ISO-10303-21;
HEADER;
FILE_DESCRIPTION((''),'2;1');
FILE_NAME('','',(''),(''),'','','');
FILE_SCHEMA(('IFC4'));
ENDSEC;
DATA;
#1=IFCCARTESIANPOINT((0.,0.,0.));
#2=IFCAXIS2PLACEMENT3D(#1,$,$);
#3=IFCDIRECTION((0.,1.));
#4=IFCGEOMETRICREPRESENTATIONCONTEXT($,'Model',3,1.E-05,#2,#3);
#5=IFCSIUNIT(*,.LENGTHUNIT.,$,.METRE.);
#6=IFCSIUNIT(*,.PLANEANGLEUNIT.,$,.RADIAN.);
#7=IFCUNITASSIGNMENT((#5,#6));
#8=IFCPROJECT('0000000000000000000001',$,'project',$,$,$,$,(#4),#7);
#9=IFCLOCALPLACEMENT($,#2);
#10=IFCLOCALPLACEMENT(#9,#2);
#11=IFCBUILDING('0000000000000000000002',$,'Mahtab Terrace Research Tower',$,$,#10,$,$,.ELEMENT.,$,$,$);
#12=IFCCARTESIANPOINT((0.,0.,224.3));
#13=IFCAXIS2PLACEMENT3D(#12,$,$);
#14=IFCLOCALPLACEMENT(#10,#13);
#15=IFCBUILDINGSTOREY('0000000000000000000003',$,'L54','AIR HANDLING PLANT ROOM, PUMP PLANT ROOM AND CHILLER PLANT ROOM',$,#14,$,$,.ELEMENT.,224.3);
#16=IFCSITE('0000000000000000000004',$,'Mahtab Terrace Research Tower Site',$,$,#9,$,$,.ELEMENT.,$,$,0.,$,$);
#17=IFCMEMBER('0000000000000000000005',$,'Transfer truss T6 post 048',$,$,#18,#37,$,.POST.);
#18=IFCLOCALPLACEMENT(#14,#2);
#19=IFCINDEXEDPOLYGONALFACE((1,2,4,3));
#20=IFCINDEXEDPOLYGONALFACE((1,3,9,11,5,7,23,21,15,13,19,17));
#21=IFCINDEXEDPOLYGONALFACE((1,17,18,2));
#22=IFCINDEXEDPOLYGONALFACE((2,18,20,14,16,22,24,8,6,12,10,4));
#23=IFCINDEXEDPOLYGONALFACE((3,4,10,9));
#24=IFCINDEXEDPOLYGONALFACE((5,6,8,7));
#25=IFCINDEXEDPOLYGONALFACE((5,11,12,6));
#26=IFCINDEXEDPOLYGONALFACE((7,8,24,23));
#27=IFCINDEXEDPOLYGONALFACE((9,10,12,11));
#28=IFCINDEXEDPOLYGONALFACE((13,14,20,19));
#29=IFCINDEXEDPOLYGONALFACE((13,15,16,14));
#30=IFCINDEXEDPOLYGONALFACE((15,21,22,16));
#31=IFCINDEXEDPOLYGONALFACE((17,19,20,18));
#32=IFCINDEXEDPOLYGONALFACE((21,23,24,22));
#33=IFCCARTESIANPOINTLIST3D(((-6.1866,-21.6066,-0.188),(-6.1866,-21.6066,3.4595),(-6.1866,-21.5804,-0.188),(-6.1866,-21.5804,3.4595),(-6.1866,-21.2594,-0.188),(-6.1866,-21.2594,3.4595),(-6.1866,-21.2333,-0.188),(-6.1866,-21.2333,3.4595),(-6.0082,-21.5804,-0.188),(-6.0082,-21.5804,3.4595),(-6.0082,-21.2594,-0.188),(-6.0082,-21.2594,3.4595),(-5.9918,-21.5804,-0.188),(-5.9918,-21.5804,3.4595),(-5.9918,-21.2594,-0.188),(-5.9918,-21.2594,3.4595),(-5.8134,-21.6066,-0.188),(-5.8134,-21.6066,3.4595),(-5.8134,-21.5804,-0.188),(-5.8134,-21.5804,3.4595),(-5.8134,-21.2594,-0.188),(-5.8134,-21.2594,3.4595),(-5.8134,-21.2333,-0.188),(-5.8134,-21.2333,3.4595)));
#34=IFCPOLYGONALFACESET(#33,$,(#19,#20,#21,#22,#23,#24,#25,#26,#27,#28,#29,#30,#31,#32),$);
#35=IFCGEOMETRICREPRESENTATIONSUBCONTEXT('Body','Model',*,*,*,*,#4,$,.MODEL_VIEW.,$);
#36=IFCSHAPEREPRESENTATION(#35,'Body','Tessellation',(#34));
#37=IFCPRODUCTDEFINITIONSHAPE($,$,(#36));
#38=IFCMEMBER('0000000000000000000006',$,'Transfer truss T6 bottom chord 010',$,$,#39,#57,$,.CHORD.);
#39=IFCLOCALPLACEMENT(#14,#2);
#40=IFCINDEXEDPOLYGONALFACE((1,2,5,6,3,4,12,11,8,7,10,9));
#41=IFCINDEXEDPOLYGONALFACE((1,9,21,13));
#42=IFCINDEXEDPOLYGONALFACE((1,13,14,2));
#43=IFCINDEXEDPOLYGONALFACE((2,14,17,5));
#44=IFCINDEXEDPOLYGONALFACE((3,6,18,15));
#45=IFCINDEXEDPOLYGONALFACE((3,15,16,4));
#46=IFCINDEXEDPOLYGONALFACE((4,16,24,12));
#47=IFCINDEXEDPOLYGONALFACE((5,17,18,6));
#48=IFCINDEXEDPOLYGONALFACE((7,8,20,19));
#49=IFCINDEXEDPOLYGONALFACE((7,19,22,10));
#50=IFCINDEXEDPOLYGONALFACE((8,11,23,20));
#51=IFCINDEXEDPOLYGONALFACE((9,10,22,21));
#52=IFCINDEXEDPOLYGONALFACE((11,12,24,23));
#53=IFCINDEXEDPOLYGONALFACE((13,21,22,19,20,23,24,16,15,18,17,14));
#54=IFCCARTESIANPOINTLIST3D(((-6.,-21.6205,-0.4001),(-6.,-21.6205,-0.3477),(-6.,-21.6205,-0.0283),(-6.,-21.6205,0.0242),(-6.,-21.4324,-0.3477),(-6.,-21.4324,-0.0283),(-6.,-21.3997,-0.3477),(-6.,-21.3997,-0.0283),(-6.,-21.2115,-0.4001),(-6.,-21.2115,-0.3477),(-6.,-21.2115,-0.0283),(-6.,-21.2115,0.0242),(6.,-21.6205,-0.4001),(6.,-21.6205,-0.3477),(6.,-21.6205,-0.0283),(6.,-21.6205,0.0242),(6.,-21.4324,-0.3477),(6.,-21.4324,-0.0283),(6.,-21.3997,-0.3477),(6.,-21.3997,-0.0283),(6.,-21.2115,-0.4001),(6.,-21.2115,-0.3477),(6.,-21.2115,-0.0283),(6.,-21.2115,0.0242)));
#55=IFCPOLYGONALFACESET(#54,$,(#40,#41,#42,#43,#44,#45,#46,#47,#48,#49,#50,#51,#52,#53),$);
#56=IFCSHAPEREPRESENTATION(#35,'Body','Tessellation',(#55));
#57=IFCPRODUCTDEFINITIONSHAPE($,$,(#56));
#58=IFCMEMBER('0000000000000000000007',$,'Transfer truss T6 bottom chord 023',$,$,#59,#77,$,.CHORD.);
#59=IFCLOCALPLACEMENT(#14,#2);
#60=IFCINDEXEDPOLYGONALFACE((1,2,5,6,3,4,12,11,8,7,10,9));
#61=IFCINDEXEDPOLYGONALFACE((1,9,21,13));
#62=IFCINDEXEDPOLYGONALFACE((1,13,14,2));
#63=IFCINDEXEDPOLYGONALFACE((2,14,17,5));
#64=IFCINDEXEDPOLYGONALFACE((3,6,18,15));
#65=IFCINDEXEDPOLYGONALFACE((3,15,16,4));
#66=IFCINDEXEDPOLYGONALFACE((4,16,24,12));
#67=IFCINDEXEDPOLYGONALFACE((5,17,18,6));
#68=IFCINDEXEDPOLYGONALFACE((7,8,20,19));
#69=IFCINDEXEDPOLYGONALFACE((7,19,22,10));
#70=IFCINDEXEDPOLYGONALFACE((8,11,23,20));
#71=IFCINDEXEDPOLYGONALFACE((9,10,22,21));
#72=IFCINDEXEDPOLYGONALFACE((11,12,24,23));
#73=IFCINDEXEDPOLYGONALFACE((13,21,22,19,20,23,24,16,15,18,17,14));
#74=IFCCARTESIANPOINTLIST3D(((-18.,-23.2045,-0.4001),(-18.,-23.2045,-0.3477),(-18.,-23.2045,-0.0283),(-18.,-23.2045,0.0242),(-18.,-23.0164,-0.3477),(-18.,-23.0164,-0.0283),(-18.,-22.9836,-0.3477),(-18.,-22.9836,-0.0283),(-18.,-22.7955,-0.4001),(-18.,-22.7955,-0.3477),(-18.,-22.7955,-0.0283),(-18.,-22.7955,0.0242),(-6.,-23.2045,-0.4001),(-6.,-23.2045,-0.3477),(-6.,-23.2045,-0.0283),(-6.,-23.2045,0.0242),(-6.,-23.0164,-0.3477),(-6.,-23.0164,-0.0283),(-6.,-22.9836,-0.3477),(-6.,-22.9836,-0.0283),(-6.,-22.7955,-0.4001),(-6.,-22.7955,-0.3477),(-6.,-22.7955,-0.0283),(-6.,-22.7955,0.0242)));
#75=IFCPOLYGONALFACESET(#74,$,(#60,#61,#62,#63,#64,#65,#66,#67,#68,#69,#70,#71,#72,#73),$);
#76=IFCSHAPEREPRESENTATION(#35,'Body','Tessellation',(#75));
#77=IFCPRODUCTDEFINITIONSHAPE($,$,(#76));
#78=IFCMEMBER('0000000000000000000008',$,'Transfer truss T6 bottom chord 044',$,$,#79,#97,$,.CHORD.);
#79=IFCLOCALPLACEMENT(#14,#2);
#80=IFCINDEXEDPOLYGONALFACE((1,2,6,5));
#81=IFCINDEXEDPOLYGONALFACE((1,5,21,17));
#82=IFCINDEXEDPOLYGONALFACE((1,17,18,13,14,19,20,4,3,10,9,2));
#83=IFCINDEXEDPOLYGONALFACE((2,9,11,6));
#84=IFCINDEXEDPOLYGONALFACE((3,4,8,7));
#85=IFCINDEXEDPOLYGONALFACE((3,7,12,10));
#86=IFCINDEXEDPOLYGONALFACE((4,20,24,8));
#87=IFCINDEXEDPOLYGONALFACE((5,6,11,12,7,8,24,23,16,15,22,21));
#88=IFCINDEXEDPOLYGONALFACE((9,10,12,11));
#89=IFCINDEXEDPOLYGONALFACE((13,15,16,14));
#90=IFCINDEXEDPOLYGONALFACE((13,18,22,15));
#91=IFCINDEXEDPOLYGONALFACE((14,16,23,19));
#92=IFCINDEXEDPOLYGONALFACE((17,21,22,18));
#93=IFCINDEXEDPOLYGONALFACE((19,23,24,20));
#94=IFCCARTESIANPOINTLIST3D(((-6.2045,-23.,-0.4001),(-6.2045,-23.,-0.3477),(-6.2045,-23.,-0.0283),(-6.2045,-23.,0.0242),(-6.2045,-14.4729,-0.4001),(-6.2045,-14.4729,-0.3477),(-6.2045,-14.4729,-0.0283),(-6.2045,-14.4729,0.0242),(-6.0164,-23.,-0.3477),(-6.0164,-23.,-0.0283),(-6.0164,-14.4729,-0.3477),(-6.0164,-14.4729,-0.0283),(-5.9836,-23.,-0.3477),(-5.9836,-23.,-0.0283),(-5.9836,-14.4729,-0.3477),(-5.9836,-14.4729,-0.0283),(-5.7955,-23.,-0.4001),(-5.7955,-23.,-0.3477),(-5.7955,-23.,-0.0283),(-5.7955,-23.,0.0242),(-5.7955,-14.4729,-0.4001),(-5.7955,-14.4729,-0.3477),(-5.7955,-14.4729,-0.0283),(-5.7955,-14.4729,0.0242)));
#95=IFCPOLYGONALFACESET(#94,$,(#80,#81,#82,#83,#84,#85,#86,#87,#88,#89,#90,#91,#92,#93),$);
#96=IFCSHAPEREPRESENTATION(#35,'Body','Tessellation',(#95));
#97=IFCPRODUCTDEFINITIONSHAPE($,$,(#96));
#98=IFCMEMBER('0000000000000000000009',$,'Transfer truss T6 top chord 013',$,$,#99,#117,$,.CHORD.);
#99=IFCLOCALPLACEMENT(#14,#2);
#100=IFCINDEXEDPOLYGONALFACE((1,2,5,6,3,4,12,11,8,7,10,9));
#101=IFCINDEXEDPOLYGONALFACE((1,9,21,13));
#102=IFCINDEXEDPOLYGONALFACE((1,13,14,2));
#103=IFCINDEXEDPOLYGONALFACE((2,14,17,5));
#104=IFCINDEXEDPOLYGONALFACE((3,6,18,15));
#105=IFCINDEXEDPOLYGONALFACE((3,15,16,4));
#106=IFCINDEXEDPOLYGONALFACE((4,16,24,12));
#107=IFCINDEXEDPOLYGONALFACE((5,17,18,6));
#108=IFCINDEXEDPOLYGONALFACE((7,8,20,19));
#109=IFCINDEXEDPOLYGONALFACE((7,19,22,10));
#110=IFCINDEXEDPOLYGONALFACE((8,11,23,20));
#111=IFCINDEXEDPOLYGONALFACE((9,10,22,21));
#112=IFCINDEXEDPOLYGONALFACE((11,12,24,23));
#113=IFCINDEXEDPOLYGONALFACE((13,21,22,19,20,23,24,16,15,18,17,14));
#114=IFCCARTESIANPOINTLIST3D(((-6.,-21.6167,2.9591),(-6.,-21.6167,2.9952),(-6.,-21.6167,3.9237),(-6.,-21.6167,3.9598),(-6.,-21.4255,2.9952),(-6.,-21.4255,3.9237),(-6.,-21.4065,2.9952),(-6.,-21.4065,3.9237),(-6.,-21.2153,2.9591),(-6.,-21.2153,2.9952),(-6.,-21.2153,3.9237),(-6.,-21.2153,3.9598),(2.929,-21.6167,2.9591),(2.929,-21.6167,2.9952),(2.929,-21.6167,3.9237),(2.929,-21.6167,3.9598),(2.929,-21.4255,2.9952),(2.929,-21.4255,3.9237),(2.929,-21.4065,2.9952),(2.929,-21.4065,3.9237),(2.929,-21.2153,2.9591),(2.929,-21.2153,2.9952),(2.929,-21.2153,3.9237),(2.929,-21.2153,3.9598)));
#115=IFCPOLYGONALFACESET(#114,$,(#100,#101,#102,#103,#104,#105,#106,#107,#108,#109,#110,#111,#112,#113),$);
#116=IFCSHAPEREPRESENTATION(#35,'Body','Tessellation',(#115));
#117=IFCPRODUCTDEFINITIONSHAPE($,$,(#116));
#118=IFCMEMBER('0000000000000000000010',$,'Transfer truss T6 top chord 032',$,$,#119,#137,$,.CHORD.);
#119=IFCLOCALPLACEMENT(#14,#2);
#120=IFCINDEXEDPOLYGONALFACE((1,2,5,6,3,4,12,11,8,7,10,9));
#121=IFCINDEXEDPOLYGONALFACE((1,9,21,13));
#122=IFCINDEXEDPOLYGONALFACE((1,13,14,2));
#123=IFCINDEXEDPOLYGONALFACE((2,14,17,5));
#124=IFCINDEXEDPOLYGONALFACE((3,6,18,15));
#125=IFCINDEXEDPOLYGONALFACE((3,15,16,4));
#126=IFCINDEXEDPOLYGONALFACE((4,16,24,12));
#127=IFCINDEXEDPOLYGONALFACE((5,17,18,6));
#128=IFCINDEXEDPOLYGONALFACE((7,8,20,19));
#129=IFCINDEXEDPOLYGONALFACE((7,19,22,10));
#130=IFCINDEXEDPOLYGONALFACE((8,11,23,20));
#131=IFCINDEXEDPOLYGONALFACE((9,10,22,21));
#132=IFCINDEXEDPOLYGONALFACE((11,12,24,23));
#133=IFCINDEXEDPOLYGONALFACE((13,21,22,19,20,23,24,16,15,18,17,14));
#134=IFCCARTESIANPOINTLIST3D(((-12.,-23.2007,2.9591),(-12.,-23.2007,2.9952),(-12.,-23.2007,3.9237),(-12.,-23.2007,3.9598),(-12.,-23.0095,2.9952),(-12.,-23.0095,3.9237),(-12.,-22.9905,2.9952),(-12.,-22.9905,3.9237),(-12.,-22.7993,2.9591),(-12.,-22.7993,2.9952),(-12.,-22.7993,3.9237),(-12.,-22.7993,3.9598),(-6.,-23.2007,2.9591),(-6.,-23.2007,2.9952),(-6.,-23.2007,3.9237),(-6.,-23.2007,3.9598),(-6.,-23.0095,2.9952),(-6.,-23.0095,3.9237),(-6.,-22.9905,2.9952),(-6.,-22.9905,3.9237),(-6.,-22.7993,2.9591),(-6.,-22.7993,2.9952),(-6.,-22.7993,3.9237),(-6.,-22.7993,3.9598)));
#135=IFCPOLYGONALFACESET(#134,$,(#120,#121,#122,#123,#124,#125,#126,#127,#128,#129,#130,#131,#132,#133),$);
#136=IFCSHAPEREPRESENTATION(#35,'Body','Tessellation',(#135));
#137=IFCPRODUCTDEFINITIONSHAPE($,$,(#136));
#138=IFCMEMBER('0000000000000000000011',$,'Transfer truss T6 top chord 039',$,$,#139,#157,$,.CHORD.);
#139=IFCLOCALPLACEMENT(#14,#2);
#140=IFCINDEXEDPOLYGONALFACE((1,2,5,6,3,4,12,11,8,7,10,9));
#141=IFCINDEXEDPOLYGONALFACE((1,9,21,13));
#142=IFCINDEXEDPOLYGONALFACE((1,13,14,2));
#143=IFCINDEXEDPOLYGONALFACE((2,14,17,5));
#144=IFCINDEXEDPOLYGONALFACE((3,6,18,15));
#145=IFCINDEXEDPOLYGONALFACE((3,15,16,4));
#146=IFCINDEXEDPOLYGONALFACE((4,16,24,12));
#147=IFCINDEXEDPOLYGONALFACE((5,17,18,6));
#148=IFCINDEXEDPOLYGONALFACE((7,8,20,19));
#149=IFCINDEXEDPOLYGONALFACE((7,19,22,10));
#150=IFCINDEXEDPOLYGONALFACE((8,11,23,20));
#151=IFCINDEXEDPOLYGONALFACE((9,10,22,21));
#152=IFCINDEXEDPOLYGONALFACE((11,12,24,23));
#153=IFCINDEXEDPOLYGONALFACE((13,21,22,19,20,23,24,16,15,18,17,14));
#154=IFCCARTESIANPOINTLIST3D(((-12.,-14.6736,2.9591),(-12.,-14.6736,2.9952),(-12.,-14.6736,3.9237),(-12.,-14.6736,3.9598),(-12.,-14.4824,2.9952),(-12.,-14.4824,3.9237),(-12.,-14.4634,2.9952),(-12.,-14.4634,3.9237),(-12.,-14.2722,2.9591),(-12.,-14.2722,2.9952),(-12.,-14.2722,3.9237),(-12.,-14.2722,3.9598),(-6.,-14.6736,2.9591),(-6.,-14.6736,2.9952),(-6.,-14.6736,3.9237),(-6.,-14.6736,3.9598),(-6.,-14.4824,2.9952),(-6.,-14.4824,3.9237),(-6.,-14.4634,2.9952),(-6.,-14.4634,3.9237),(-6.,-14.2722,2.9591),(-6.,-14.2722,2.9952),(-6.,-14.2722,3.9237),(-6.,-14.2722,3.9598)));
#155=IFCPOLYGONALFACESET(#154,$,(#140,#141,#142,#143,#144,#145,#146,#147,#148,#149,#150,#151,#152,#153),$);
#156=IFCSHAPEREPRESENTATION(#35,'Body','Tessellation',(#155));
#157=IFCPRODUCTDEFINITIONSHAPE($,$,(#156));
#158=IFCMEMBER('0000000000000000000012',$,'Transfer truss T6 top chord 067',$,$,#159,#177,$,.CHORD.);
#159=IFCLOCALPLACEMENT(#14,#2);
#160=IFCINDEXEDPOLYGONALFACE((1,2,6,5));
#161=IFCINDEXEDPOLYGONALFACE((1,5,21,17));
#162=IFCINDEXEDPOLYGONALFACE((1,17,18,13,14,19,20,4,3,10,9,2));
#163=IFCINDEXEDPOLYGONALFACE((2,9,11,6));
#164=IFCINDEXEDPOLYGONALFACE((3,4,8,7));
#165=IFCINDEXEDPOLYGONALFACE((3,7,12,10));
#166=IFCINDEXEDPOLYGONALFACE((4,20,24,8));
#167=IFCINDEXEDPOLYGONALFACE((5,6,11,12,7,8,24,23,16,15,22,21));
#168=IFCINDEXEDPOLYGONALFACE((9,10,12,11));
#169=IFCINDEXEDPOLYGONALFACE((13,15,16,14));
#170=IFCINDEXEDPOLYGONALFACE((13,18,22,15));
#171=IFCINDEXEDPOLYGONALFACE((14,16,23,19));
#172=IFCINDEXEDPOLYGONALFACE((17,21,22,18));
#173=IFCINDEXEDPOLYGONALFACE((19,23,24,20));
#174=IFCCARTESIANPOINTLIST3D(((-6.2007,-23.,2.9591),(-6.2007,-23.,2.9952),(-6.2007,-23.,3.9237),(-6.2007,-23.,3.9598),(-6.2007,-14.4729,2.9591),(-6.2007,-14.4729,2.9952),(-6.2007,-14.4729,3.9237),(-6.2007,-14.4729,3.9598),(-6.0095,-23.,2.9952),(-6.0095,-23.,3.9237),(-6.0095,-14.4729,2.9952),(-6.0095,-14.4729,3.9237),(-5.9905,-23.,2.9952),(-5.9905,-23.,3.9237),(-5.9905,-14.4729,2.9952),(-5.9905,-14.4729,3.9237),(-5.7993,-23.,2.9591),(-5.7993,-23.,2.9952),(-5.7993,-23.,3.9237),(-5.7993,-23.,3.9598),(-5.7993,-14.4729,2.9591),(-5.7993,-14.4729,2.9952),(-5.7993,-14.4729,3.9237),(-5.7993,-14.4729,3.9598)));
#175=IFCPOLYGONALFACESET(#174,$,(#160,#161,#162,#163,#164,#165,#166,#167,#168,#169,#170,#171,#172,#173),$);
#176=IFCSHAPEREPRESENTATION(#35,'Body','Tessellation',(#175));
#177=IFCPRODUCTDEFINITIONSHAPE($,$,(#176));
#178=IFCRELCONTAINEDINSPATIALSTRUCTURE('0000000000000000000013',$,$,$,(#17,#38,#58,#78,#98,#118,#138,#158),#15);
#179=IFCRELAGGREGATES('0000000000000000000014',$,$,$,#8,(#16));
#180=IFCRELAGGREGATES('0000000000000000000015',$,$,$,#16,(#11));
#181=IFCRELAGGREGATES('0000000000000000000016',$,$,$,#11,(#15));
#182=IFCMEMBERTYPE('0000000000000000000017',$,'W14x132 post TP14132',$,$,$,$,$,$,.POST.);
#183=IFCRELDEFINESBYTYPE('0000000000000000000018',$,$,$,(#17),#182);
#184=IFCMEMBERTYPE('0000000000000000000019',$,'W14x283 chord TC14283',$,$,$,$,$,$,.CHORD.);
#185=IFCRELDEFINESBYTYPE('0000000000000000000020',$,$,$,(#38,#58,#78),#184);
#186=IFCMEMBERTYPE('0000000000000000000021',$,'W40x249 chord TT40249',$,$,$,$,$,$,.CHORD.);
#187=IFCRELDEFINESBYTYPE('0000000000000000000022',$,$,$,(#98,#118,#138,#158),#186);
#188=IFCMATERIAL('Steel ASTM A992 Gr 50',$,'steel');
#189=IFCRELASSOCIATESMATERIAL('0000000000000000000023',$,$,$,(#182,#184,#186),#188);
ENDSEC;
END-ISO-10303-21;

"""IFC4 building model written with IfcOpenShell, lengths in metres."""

from ifc_helpers import new_model, si_unit, direction, frame, origin, origin_2d, place, context, subcontext, project, spatial, i_section, extrude, material, material_profile, profile_set, type_object, element, save


model = new_model("IFC4")

# Units and contexts
model_context = context("Model", 3, precision=1e-05, world=origin(), true_north=direction((0.0, 1.0)))
body_context = subcontext(model_context, "Body", "Model", "MODEL_VIEW")
ifc_project = project(units=[si_unit("LENGTHUNIT", "METRE"), si_unit("PLANEANGLEUNIT", "RADIAN")], contexts=[model_context])

# Site, building, storey
site_placement = place(None, origin())
site = spatial("IfcSite", under=ifc_project, at=site_placement, Name="Mahtab Terrace Research Tower Site", CompositionType="ELEMENT", RefElevation=0.0)
building_placement = place(site_placement, origin())
building = spatial("IfcBuilding", under=site, at=building_placement, Name="Mahtab Terrace Research Tower", CompositionType="ELEMENT")
storey_placement = place(building_placement, frame((0.0, 0.0, 224.3)))
storey = spatial("IfcBuildingStorey", under=building, at=storey_placement, Name="L54", Description="AIR HANDLING PLANT ROOM, PUMP PLANT ROOM AND CHILLER PLANT ROOM", CompositionType="ELEMENT", Elevation=224.3)

# Members
ifc_material_1 = material(Name="Steel ASTM A992 Gr 50", Category="steel")
ifc_material_profile_1 = material_profile(ifc_material_1, i_section(OverallWidth=0.3733, OverallDepth=0.3733, WebThickness=0.0164, FlangeThickness=0.0261, at=origin_2d()), Name="W14X132")
ifc_profile_set_1 = profile_set([ifc_material_profile_1], Name="Steel ASTM A992 Gr 50")
member_type_1 = type_object("IfcMemberType", Name="W14x132 post TP14132", PredefinedType="POST", material=ifc_profile_set_1)
for number, where, z_axis, x_axis, name in (
    (1, (-6.0, -21.4199, -0.188), (0.0, 0.0, 1.0), (1.0, 0.0, 0.0), "Transfer truss T6 post 048"),
):
    element("IfcMember", number, at=place(storey_placement, frame(where, z_axis=z_axis, x_axis=x_axis)), inside=storey, type_object=member_type_1, Name=name, PredefinedType="POST", context=body_context, shape_type="SweptSolid", body=[
        extrude(i_section(OverallWidth=0.3733, OverallDepth=0.3733, WebThickness=0.0164, FlangeThickness=0.0261, at=origin_2d()), origin(), (0.0, 0.0, 1.0), 3.6475),
    ])
ifc_material_profile_2 = material_profile(ifc_material_1, i_section(OverallWidth=0.4089, OverallDepth=0.4243, WebThickness=0.0327, FlangeThickness=0.0525, at=origin_2d()), Name="W14X283")
ifc_profile_set_2 = profile_set([ifc_material_profile_2], Name="Steel ASTM A992 Gr 50")
member_type_2 = type_object("IfcMemberType", Name="W14x283 chord TC14283", PredefinedType="CHORD", material=ifc_profile_set_2)
for number, where, z_axis, x_axis, name in (
    (2, (-6.0, -21.416, -0.188), (1.0, 0.0, 0.0), (0.0, 1.0, 0.0), "Transfer truss T6 bottom chord 010"),
    (3, (-6.0, -23.0, -0.188), (-1.0, 0.0, 0.0), (0.0, -1.0, 0.0), "Transfer truss T6 bottom chord 023"),
):
    element("IfcMember", number, at=place(storey_placement, frame(where, z_axis=z_axis, x_axis=x_axis)), inside=storey, type_object=member_type_2, Name=name, PredefinedType="CHORD", context=body_context, shape_type="SweptSolid", body=[
        extrude(i_section(OverallWidth=0.4089, OverallDepth=0.4243, WebThickness=0.0327, FlangeThickness=0.0525, at=origin_2d()), origin(), (0.0, 0.0, 1.0), 12.0),
    ])
member_1_placement = place(storey_placement, frame((-6.0, -23.0, -0.188), z_axis=(0.0, 1.0, 0.0), x_axis=(-1.0, 0.0, 0.0)))
element("IfcMember", 4, at=member_1_placement, inside=storey, type_object=member_type_2, Name="Transfer truss T6 bottom chord 044", PredefinedType="CHORD", context=body_context, shape_type="SweptSolid", body=[
    extrude(i_section(OverallWidth=0.4089, OverallDepth=0.4243, WebThickness=0.0327, FlangeThickness=0.0525, at=origin_2d()), origin(), (0.0, 0.0, 1.0), 8.5271),
])
ifc_material_profile_3 = material_profile(ifc_material_1, i_section(OverallWidth=0.4014, OverallDepth=1.0007, WebThickness=0.019, FlangeThickness=0.0361, at=origin_2d()), Name="W40X249")
ifc_profile_set_3 = profile_set([ifc_material_profile_3], Name="Steel ASTM A992 Gr 50")
member_type_3 = type_object("IfcMemberType", Name="W40x249 chord TT40249", PredefinedType="CHORD", material=ifc_profile_set_3)
member_2_placement = place(storey_placement, frame((-6.0, -21.416, 3.4595), z_axis=(1.0, 0.0, 0.0), x_axis=(0.0, 1.0, 0.0)))
element("IfcMember", 5, at=member_2_placement, inside=storey, type_object=member_type_3, Name="Transfer truss T6 top chord 013", PredefinedType="CHORD", context=body_context, shape_type="SweptSolid", body=[
    extrude(i_section(OverallWidth=0.4014, OverallDepth=1.0007, WebThickness=0.019, FlangeThickness=0.0361, at=origin_2d()), origin(), (0.0, 0.0, 1.0), 8.929),
])
for number, where, z_axis, x_axis, name in (
    (6, (-6.0, -23.0, 3.4595), (-1.0, 0.0, 0.0), (0.0, -1.0, 0.0), "Transfer truss T6 top chord 032"),
    (7, (-12.0, -14.4729, 3.4595), (1.0, 0.0, 0.0), (0.0, 1.0, 0.0), "Transfer truss T6 top chord 039"),
):
    element("IfcMember", number, at=place(storey_placement, frame(where, z_axis=z_axis, x_axis=x_axis)), inside=storey, type_object=member_type_3, Name=name, PredefinedType="CHORD", context=body_context, shape_type="SweptSolid", body=[
        extrude(i_section(OverallWidth=0.4014, OverallDepth=1.0007, WebThickness=0.019, FlangeThickness=0.0361, at=origin_2d()), origin(), (0.0, 0.0, 1.0), 6.0),
    ])
member_3_placement = place(storey_placement, frame((-6.0, -23.0, 3.4595), z_axis=(0.0, 1.0, 0.0), x_axis=(-1.0, 0.0, 0.0)))
element("IfcMember", 8, at=member_3_placement, inside=storey, type_object=member_type_3, Name="Transfer truss T6 top chord 067", PredefinedType="CHORD", context=body_context, shape_type="SweptSolid", body=[
    extrude(i_section(OverallWidth=0.4014, OverallDepth=1.0007, WebThickness=0.019, FlangeThickness=0.0361, at=origin_2d()), origin(), (0.0, 0.0, 1.0), 8.5271),
])

save(model, "model.ifc")
